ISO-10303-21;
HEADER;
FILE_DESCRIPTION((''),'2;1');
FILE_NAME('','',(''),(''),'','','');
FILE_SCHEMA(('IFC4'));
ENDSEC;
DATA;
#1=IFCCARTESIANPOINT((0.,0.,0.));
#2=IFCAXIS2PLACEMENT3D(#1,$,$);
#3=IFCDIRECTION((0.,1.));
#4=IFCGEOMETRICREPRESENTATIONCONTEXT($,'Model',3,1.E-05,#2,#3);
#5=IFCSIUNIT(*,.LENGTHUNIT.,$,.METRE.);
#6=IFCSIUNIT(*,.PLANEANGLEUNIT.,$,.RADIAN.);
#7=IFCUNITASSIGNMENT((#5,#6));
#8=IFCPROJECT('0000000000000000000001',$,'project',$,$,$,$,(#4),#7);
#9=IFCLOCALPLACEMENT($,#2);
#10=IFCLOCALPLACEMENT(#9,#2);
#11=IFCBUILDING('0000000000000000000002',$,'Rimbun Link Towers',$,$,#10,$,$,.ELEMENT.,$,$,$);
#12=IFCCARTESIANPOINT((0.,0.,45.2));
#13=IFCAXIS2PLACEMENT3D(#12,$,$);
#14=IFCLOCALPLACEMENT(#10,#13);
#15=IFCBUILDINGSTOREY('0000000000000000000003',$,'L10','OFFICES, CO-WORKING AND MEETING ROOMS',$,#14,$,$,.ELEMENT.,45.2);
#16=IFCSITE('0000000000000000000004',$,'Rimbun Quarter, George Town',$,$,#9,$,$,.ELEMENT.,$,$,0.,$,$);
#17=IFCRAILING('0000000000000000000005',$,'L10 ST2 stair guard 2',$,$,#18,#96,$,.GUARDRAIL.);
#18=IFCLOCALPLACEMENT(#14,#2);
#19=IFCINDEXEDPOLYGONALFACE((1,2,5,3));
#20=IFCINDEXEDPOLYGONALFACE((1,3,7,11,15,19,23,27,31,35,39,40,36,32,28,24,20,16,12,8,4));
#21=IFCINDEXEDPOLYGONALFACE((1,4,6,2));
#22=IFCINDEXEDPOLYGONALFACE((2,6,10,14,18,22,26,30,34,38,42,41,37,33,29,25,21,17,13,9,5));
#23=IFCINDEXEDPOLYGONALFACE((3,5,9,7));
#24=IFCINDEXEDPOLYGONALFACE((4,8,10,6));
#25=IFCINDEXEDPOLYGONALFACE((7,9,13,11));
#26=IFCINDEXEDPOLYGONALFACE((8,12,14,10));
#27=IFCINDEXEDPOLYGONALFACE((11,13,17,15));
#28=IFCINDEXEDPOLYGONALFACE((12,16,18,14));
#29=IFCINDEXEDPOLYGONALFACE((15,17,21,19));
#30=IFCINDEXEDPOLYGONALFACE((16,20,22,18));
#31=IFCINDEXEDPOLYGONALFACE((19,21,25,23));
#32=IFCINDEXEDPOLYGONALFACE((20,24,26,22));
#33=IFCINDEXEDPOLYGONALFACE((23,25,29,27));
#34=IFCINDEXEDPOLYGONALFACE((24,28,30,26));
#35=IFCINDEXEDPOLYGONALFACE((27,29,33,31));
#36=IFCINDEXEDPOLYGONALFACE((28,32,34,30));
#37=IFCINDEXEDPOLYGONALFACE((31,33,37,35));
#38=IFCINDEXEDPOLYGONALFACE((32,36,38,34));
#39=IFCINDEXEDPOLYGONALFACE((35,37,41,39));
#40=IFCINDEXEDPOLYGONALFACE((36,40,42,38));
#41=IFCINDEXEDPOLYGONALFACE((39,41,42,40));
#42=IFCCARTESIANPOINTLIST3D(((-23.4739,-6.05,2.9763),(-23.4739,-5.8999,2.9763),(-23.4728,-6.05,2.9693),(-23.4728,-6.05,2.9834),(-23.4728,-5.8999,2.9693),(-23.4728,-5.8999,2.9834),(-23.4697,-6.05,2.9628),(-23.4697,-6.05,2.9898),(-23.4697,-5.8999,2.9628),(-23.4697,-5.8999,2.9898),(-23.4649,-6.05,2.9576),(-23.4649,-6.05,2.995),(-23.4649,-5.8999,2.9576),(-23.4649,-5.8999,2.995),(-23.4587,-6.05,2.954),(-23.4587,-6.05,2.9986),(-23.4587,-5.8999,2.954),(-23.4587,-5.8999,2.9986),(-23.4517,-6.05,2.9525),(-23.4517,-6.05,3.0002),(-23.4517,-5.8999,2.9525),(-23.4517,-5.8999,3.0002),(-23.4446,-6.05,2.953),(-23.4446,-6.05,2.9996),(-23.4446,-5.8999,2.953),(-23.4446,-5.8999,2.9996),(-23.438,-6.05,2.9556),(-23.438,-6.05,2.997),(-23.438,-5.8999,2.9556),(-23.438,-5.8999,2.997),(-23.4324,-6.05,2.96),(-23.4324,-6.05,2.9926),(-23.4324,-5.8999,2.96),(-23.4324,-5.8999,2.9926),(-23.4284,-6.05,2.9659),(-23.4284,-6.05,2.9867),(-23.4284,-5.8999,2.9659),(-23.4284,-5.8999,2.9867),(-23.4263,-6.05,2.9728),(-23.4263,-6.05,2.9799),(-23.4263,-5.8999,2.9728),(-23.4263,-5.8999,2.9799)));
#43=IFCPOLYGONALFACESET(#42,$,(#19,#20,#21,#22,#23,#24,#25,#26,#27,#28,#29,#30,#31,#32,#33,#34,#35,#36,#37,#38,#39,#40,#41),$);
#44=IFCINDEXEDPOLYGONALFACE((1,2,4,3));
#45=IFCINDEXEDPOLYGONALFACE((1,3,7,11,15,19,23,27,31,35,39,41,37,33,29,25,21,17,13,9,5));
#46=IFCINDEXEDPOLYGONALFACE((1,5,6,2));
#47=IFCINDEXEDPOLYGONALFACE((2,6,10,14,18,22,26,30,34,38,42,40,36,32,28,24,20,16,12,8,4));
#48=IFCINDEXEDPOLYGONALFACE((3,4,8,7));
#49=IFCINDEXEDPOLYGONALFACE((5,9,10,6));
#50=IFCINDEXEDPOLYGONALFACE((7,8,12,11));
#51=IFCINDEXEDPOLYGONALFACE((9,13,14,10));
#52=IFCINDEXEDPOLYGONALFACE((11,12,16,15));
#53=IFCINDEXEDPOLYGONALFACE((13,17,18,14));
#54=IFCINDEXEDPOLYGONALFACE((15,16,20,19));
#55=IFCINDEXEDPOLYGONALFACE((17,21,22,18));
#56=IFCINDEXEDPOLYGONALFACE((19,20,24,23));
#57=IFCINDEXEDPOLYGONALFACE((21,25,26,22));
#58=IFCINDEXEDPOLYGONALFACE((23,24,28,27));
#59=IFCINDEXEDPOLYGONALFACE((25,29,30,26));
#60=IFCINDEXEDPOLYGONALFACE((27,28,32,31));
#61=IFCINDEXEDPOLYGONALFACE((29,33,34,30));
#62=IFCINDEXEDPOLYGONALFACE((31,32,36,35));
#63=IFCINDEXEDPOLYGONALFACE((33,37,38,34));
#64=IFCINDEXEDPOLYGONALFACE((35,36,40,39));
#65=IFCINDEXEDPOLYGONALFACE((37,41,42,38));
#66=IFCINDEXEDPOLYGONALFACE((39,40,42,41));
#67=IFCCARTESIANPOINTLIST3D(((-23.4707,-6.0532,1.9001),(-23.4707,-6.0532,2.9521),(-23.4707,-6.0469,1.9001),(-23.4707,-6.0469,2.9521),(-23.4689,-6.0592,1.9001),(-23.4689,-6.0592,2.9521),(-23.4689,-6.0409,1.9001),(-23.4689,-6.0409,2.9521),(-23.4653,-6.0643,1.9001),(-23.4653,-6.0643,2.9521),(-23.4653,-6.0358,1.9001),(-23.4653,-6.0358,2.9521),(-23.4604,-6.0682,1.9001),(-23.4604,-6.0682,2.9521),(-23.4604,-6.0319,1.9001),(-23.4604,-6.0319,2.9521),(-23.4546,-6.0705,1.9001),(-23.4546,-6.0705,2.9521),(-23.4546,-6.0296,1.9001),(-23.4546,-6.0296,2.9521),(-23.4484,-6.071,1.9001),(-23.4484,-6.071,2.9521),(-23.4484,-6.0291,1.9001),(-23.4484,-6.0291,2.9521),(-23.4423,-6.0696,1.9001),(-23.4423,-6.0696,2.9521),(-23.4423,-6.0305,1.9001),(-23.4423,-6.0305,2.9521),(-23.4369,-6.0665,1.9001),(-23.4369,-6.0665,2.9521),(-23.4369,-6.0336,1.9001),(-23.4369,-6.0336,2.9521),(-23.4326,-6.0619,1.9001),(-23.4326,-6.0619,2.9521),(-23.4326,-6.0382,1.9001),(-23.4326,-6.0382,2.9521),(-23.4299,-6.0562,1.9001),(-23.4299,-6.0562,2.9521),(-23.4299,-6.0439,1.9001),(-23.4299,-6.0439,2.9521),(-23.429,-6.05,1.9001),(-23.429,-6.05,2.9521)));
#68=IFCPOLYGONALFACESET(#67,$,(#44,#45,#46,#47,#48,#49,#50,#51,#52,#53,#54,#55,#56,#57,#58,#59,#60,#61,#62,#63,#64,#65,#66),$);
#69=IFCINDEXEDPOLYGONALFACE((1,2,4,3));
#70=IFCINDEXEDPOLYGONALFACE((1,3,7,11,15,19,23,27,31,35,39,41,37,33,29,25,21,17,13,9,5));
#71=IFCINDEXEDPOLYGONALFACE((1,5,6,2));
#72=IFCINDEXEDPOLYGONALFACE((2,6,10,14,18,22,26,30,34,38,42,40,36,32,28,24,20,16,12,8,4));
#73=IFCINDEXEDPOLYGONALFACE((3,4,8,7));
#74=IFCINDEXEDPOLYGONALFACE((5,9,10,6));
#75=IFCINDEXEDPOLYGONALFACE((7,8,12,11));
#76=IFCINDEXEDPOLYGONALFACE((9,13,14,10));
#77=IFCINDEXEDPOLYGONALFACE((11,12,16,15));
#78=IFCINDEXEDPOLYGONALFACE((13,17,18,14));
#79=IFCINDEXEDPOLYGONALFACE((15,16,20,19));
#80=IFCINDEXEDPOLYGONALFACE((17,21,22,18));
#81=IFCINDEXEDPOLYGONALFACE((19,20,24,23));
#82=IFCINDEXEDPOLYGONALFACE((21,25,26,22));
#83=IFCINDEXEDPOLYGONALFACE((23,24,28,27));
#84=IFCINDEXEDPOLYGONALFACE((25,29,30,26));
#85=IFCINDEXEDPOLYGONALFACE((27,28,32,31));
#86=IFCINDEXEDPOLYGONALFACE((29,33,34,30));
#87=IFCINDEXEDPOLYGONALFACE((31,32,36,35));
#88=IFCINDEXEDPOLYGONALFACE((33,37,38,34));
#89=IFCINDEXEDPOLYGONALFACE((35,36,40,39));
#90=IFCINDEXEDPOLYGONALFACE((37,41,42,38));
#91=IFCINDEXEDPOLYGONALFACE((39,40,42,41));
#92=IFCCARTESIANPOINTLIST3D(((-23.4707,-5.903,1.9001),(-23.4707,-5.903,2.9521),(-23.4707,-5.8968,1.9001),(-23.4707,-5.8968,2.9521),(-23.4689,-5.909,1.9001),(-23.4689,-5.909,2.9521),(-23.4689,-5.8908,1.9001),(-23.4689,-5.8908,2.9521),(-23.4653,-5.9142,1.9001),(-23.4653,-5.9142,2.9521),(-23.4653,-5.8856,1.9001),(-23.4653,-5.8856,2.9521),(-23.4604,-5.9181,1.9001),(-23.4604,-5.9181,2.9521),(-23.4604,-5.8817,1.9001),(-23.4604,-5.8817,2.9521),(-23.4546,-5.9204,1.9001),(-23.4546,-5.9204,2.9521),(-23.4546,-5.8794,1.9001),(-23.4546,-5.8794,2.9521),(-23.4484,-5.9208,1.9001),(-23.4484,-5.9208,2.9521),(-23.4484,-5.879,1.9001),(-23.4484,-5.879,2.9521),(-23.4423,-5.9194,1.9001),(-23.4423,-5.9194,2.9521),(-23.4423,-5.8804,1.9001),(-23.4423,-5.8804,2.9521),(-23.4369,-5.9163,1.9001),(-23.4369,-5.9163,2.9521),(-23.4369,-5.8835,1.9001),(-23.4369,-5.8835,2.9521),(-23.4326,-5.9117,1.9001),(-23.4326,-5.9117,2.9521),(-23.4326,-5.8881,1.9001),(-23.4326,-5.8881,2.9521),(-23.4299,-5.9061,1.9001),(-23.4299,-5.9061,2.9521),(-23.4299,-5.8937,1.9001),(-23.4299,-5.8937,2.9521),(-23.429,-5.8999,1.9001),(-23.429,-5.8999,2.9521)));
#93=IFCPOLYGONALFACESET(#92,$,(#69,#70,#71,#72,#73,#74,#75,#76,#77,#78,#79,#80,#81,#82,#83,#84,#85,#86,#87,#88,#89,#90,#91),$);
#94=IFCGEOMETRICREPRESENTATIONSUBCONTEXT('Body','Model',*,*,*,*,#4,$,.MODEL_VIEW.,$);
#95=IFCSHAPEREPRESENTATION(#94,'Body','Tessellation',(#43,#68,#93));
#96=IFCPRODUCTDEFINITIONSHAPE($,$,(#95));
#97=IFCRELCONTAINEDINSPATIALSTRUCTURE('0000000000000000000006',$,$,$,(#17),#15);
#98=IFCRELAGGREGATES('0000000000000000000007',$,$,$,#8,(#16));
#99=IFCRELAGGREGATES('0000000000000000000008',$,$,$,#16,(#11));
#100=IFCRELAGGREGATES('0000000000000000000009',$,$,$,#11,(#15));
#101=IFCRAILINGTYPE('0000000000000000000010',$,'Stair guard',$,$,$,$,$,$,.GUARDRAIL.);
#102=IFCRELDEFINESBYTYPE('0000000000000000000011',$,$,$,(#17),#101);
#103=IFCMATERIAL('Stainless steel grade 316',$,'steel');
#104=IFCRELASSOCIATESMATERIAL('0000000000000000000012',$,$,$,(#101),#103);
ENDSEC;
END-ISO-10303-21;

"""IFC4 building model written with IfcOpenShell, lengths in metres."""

from ifc_helpers import new_model, si_unit, direction, frame, origin, origin_2d, place, context, subcontext, project, spatial, circle, extrude, material, type_object, element, save


model = new_model("IFC4")

# Units and contexts
model_context = context("Model", 3, precision=1e-05, world=origin(), true_north=direction((0.0, 1.0)))
body_context = subcontext(model_context, "Body", "Model", "MODEL_VIEW")
ifc_project = project(units=[si_unit("LENGTHUNIT", "METRE"), si_unit("PLANEANGLEUNIT", "RADIAN")], contexts=[model_context])

# Site, building, storey
site_placement = place(None, origin())
site = spatial("IfcSite", under=ifc_project, at=site_placement, Name="Rimbun Quarter, George Town", CompositionType="ELEMENT", RefElevation=0.0)
building_placement = place(site_placement, origin())
building = spatial("IfcBuilding", under=site, at=building_placement, Name="Rimbun Link Towers", CompositionType="ELEMENT")
storey_placement = place(building_placement, frame((0.0, 0.0, 45.2)))
storey = spatial("IfcBuildingStorey", under=building, at=storey_placement, Name="L10", Description="OFFICES, CO-WORKING AND MEETING ROOMS", CompositionType="ELEMENT", Elevation=45.2)

# Railing
ifc_material_1 = material(Name="Stainless steel grade 316", Category="steel")
railing_type_1 = type_object("IfcRailingType", Name="Stair guard", PredefinedType="GUARDRAIL", material=ifc_material_1)
railing_1_placement = place(storey_placement, frame((-23.45, -6.05, 1.9001)))
element("IfcRailing", 1, at=railing_1_placement, inside=storey, type_object=railing_type_1, Name="L10 ST2 stair guard 2", PredefinedType="GUARDRAIL", context=body_context, shape_type="SweptSolid", body=[
    extrude(circle(Radius=0.0239, at=origin_2d()), frame((0.0, 0.0, 1.0762), z_axis=(0.0, 1.0, 0.0), x_axis=(-1.0, 0.0, 0.0)), (0.0, 0.0, 1.0), 0.1501),
    extrude(circle(Radius=0.021, at=origin_2d()), origin(), (0.0, 0.0, 1.0), 1.052),
    extrude(circle(Radius=0.021, at=origin_2d()), frame((0.0, 0.1501, 0.0)), (0.0, 0.0, 1.0), 1.052),
])

save(model, "model.ifc")
